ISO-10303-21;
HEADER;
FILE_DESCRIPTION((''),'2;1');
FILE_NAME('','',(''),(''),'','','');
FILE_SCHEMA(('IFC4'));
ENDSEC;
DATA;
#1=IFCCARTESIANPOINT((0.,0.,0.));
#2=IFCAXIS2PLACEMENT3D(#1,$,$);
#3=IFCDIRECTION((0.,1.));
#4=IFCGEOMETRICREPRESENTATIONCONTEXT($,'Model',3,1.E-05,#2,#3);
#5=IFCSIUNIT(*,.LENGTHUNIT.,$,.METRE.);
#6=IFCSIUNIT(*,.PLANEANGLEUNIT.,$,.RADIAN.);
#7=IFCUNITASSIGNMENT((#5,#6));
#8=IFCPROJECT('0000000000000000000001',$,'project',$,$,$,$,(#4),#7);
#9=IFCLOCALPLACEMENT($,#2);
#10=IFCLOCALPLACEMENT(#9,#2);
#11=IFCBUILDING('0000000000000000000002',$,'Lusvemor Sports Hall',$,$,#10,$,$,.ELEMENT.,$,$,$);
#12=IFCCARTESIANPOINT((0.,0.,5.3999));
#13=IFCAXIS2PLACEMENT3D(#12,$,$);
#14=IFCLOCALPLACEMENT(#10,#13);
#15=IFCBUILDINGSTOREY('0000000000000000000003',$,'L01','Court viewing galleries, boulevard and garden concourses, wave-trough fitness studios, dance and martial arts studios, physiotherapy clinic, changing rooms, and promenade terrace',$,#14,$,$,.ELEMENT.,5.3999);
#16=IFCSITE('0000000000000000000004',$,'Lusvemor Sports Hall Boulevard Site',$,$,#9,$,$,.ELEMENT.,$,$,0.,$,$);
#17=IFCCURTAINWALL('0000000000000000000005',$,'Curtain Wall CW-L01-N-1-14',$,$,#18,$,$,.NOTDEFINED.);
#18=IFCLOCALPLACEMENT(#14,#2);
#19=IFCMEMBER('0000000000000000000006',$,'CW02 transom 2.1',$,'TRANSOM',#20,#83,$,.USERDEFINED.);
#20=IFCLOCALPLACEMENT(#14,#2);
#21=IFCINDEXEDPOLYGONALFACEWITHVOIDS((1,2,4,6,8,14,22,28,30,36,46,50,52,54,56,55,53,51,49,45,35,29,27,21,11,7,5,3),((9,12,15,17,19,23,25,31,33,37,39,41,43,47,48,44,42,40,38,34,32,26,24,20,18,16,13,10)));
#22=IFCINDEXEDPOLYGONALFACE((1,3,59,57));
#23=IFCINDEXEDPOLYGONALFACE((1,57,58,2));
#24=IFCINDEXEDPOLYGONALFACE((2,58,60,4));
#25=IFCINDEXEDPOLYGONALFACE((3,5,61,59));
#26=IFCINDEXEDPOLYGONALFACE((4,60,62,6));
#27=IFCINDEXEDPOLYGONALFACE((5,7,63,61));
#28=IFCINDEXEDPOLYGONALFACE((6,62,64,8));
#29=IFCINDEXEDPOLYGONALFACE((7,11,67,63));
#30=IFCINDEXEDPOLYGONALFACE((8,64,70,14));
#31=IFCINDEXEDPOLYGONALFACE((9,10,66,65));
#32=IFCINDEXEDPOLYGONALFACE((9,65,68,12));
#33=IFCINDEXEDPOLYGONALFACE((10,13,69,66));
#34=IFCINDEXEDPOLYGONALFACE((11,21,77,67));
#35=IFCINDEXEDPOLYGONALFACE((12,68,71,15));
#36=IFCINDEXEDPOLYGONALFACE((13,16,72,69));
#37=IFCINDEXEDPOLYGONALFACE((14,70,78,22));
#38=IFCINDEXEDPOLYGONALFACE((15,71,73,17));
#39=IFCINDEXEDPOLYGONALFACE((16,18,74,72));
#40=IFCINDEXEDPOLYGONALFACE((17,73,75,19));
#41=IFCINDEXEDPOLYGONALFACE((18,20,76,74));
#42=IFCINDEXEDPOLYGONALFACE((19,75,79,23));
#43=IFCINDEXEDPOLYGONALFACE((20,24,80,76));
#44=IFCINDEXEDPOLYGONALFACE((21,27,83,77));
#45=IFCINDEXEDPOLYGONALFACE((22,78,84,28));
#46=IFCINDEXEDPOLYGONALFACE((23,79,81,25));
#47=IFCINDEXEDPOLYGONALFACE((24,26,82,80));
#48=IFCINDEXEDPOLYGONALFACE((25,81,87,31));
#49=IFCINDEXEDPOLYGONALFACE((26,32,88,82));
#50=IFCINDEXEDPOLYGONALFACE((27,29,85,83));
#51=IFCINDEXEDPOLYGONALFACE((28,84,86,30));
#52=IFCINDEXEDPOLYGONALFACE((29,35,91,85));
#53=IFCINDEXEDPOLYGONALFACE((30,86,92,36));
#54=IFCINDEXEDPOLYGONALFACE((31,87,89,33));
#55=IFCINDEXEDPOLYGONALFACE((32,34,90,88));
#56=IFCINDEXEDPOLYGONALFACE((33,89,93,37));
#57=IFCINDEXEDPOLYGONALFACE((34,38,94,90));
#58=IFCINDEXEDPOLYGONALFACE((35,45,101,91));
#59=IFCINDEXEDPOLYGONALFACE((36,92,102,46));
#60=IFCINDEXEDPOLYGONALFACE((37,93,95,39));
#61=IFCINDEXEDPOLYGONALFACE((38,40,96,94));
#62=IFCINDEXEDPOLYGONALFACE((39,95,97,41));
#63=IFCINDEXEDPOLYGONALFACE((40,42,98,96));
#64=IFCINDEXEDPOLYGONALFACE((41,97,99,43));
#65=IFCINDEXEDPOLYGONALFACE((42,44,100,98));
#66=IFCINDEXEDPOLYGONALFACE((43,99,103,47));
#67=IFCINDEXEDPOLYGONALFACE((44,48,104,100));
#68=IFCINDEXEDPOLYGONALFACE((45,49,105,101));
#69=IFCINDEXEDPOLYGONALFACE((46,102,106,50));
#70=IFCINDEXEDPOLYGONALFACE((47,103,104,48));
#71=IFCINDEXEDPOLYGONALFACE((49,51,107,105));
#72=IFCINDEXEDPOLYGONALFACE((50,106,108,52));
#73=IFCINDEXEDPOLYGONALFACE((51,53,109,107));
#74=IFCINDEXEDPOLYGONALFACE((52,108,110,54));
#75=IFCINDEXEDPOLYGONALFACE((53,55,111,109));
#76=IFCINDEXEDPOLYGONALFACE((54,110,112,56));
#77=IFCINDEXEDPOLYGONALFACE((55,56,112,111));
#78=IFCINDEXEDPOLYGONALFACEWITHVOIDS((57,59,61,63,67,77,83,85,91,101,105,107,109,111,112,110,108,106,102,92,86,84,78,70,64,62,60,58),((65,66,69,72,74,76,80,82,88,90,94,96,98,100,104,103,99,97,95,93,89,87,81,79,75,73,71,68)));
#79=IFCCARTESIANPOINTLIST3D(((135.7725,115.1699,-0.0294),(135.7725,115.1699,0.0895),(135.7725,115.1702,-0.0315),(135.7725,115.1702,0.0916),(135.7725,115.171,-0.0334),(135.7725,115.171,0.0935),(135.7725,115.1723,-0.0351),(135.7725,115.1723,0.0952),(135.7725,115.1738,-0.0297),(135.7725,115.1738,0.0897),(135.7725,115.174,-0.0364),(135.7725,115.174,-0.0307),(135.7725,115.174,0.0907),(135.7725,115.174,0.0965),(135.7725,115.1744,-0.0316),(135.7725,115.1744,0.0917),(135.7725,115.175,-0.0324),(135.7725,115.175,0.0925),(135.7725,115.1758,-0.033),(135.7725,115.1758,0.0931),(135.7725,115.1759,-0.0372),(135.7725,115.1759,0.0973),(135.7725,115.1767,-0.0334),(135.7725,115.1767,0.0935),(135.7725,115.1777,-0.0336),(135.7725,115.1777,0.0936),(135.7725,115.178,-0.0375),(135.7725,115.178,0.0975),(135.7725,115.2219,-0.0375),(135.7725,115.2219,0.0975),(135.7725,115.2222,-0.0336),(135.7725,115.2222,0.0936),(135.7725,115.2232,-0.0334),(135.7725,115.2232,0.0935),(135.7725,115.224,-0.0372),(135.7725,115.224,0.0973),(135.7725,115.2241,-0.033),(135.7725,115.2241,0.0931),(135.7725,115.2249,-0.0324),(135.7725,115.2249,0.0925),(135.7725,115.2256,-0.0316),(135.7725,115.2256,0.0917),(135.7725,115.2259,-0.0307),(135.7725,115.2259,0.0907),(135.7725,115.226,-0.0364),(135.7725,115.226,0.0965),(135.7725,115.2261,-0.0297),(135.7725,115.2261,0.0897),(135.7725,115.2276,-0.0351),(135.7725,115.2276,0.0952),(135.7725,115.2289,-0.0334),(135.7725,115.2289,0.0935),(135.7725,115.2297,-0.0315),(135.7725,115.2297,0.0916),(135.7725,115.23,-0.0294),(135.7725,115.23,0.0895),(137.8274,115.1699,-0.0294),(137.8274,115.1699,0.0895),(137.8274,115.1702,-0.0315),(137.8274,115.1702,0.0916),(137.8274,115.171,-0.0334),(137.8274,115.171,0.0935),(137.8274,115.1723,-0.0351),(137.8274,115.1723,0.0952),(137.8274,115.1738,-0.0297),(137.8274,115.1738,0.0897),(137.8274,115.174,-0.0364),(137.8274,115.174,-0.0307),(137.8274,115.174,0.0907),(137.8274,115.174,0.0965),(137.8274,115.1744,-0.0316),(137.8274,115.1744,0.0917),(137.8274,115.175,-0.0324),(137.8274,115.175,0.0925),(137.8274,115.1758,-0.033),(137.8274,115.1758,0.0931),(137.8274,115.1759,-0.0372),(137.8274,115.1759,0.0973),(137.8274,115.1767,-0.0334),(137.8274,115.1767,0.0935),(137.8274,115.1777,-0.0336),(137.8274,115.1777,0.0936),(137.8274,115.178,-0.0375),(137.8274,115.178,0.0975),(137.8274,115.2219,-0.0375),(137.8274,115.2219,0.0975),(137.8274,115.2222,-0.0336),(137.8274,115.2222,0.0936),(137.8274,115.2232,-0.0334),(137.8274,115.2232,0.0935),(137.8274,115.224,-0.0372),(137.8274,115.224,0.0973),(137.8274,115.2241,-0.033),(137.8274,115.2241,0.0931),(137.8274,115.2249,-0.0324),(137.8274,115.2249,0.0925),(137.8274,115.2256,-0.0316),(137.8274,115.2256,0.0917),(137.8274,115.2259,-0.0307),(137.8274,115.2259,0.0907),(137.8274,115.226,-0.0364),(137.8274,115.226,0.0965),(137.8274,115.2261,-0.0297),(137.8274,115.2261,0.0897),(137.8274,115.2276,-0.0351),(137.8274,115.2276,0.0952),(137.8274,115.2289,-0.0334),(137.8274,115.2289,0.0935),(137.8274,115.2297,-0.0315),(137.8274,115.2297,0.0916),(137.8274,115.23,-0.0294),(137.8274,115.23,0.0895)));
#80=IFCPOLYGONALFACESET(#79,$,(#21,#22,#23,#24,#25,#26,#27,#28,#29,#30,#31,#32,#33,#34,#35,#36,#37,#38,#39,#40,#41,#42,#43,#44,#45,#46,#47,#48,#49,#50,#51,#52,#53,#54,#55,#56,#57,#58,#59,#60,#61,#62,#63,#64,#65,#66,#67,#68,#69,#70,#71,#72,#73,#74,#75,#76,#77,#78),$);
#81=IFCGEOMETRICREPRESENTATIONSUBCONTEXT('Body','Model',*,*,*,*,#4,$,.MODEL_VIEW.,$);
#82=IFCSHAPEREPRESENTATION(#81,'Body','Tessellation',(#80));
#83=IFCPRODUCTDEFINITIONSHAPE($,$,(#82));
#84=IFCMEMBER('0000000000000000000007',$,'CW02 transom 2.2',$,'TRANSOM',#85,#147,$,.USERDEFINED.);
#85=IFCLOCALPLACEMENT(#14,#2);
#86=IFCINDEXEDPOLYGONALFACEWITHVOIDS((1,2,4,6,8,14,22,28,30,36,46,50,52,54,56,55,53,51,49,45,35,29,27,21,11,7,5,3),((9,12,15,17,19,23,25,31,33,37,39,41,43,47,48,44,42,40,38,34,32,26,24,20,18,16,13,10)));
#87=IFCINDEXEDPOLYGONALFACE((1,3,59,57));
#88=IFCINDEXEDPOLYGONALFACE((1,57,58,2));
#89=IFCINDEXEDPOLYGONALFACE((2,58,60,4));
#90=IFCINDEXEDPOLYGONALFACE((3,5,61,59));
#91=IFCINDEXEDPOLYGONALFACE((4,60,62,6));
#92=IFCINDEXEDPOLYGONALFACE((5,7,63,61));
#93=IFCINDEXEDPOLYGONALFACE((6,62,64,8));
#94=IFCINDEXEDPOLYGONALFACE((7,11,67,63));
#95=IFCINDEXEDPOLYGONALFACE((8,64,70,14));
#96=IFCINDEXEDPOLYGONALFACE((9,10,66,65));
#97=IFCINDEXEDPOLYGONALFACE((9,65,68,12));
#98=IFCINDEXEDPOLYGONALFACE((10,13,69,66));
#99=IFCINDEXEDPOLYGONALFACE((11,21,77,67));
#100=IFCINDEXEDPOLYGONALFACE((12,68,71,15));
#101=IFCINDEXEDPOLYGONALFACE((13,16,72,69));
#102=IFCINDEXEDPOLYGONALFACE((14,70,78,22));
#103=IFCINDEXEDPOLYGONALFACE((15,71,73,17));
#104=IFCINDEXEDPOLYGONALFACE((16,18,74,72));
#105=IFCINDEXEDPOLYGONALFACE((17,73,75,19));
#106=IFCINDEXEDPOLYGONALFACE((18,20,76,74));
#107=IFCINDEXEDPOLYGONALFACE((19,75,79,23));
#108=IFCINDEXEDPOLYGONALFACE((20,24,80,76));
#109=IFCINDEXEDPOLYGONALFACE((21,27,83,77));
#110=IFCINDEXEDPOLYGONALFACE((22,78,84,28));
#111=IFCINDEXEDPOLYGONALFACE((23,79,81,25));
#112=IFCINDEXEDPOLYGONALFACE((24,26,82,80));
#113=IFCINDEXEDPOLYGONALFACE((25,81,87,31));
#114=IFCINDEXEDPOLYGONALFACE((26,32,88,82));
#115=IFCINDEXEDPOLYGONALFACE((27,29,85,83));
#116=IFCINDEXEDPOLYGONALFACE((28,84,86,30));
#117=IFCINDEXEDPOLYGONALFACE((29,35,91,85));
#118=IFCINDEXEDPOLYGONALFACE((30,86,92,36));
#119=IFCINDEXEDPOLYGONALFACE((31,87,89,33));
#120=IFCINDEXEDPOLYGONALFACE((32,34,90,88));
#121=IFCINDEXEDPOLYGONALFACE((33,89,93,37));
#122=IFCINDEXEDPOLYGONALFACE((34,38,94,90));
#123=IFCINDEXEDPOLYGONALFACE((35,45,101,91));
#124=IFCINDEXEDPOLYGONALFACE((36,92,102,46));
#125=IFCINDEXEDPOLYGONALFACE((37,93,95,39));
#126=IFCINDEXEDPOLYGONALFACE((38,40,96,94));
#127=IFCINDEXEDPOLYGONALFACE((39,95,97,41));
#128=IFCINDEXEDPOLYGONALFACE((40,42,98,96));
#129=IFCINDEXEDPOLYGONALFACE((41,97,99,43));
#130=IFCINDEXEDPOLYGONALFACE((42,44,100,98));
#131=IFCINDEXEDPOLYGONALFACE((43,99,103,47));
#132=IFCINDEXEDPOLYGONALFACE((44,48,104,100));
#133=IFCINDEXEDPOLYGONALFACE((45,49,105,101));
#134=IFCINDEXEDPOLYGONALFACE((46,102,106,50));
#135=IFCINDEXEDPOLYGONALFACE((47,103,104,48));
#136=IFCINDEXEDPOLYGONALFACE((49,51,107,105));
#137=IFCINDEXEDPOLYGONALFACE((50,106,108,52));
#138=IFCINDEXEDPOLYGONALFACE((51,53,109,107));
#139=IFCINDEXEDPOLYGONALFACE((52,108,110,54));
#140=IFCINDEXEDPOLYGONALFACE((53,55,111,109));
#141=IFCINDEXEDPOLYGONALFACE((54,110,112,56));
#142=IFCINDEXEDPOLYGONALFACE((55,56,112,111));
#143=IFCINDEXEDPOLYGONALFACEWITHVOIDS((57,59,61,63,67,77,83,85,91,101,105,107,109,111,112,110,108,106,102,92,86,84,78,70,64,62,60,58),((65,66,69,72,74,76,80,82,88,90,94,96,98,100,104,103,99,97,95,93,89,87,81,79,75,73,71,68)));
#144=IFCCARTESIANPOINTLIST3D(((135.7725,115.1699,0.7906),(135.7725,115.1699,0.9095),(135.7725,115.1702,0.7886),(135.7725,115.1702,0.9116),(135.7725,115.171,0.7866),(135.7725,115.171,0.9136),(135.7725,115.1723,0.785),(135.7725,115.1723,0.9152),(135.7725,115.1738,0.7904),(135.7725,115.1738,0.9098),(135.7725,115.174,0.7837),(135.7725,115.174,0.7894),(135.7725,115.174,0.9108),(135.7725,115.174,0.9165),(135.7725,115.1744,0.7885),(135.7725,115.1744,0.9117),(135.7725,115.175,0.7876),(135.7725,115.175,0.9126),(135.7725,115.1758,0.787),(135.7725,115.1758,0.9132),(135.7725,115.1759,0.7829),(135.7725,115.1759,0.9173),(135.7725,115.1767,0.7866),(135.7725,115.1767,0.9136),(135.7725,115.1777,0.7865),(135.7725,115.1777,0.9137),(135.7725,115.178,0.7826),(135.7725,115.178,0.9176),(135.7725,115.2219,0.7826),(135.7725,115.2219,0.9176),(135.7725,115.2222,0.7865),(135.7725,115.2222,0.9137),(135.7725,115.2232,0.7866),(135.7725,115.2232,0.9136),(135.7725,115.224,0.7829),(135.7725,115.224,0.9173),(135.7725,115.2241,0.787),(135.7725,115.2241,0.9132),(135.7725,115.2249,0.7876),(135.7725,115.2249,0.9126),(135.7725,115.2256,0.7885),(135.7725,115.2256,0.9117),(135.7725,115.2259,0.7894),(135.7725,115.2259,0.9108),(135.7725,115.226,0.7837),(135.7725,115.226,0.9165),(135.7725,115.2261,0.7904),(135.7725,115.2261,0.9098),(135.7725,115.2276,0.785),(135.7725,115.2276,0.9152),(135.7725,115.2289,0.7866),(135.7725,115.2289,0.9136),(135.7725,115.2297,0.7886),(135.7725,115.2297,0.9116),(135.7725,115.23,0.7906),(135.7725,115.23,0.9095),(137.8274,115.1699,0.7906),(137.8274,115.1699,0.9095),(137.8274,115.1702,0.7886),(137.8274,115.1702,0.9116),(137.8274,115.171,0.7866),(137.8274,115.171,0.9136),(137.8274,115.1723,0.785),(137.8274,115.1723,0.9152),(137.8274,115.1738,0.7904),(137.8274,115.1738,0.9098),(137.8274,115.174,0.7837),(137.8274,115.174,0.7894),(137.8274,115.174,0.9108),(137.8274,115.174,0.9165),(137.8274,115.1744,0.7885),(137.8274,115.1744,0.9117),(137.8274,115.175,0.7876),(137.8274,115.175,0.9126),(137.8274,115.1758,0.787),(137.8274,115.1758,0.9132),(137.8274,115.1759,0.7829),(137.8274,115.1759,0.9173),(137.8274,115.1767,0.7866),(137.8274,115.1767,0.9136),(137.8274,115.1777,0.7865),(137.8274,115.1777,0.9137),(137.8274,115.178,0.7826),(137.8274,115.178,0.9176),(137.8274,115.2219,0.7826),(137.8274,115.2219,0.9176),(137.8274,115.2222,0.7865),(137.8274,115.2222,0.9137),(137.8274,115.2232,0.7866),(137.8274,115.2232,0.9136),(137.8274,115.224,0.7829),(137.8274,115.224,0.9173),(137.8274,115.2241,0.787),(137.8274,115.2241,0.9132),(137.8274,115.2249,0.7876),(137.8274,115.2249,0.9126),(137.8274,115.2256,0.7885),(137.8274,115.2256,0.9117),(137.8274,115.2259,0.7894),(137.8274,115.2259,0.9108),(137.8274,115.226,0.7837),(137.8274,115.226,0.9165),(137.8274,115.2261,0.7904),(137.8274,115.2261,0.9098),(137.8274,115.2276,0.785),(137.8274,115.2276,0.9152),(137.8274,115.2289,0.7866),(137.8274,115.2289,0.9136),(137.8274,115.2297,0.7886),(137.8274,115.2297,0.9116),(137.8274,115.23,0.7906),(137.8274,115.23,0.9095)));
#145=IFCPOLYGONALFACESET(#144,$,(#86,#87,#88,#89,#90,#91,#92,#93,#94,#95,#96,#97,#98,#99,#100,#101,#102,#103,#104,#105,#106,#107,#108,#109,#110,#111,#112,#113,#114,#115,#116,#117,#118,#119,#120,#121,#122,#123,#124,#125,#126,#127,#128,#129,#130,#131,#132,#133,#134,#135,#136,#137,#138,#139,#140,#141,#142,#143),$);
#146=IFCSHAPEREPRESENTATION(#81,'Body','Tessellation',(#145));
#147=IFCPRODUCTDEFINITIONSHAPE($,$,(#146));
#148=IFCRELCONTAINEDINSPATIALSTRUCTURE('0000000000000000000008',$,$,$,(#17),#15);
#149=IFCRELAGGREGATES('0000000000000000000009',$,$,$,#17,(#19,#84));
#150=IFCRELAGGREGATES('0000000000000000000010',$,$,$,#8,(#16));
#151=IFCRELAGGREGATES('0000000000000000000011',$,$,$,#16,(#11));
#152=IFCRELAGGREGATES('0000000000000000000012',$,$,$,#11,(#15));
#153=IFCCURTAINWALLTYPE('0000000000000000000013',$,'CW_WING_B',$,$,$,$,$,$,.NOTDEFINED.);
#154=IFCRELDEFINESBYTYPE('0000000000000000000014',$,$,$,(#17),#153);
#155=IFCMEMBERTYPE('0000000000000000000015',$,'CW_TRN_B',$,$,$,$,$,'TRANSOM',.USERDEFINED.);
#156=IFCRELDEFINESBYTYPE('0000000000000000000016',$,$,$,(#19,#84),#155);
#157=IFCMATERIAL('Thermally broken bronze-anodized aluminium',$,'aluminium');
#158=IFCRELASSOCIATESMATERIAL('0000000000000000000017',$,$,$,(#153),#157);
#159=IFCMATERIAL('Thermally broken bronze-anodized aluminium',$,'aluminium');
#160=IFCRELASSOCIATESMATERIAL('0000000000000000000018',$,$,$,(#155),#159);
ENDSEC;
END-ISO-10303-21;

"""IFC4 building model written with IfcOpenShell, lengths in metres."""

from ifc_helpers import new_model, si_unit, direction, frame, origin, origin_2d, place, context, subcontext, project, spatial, hollow_rectangle, extrude, material, material_profile, profile_set, type_object, element, aggregate, save


model = new_model("IFC4")

# Units and contexts
model_context = context("Model", 3, precision=1e-05, world=origin(), true_north=direction((0.0, 1.0)))
body_context = subcontext(model_context, "Body", "Model", "MODEL_VIEW")
ifc_project = project(units=[si_unit("LENGTHUNIT", "METRE"), si_unit("PLANEANGLEUNIT", "RADIAN")], contexts=[model_context])

# Site, building, storey
site_placement = place(None, origin())
site = spatial("IfcSite", under=ifc_project, at=site_placement, Name="Lusvemor Sports Hall Boulevard Site", CompositionType="ELEMENT", RefElevation=0.0)
building_placement = place(site_placement, origin())
building = spatial("IfcBuilding", under=site, at=building_placement, Name="Lusvemor Sports Hall", CompositionType="ELEMENT")
storey_placement = place(building_placement, frame((0.0, 0.0, 5.3999)))
storey = spatial("IfcBuildingStorey", under=building, at=storey_placement, Name="L01", Description="Court viewing galleries, boulevard and garden concourses, wave-trough fitness studios, dance and martial arts studios, physiotherapy clinic, changing rooms, and promenade terrace", CompositionType="ELEMENT", Elevation=5.3999)

# Curtain wall, members
ifc_material_1 = material(Name="Thermally broken bronze-anodized aluminium", Category="aluminium")
curtain_wall_type = type_object("IfcCurtainWallType", Name="CW_WING_B", PredefinedType="NOTDEFINED", material=ifc_material_1)
curtain_wall_placement = place(storey_placement, origin())
curtain_wall = element("IfcCurtainWall", 1, at=curtain_wall_placement, inside=storey, type_object=curtain_wall_type, Name="Curtain Wall CW-L01-N-1-14", PredefinedType="NOTDEFINED")
ifc_material_2 = material(Name="Thermally broken bronze-anodized aluminium", Category="aluminium")
ifc_material_profile_1 = material_profile(ifc_material_2, hollow_rectangle(XDim=0.0601, YDim=0.135, WallThickness=0.0039, InnerFilletRadius=0.0039, OuterFilletRadius=0.0081, at=origin_2d()), Name="CWTRN135x60x4")
ifc_profile_set_1 = profile_set([ifc_material_profile_1], Name="Thermally broken bronze-anodized aluminium")
member_type_1 = type_object("IfcMemberType", Name="CW_TRN_B", ElementType="TRANSOM", PredefinedType="USERDEFINED", material=ifc_profile_set_1)
member_1_placement = place(storey_placement, frame((135.7725, 115.2, 0.03), z_axis=(1.0, 0.0, 0.0), x_axis=(0.0, 1.0, 0.0)))
member_1 = element("IfcMember", 2, at=member_1_placement, type_object=member_type_1, Name="CW02 transom 2.1", ObjectType="TRANSOM", PredefinedType="USERDEFINED", context=body_context, shape_type="SweptSolid", body=[
    extrude(hollow_rectangle(XDim=0.0601, YDim=0.135, WallThickness=0.0039, InnerFilletRadius=0.0039, OuterFilletRadius=0.0081, at=origin_2d()), origin(), (0.0, 0.0, 1.0), 2.0549),
])
member_2_placement = place(storey_placement, frame((135.7725, 115.2, 0.8501), z_axis=(1.0, 0.0, 0.0), x_axis=(0.0, 1.0, 0.0)))
member_2 = element("IfcMember", 3, at=member_2_placement, type_object=member_type_1, Name="CW02 transom 2.2", ObjectType="TRANSOM", PredefinedType="USERDEFINED", context=body_context, shape_type="SweptSolid", body=[
    extrude(hollow_rectangle(XDim=0.0601, YDim=0.135, WallThickness=0.0039, InnerFilletRadius=0.0039, OuterFilletRadius=0.0081, at=origin_2d()), origin(), (0.0, 0.0, 1.0), 2.0549),
])

aggregate(curtain_wall, [member_1, member_2])

save(model, "model.ifc")
